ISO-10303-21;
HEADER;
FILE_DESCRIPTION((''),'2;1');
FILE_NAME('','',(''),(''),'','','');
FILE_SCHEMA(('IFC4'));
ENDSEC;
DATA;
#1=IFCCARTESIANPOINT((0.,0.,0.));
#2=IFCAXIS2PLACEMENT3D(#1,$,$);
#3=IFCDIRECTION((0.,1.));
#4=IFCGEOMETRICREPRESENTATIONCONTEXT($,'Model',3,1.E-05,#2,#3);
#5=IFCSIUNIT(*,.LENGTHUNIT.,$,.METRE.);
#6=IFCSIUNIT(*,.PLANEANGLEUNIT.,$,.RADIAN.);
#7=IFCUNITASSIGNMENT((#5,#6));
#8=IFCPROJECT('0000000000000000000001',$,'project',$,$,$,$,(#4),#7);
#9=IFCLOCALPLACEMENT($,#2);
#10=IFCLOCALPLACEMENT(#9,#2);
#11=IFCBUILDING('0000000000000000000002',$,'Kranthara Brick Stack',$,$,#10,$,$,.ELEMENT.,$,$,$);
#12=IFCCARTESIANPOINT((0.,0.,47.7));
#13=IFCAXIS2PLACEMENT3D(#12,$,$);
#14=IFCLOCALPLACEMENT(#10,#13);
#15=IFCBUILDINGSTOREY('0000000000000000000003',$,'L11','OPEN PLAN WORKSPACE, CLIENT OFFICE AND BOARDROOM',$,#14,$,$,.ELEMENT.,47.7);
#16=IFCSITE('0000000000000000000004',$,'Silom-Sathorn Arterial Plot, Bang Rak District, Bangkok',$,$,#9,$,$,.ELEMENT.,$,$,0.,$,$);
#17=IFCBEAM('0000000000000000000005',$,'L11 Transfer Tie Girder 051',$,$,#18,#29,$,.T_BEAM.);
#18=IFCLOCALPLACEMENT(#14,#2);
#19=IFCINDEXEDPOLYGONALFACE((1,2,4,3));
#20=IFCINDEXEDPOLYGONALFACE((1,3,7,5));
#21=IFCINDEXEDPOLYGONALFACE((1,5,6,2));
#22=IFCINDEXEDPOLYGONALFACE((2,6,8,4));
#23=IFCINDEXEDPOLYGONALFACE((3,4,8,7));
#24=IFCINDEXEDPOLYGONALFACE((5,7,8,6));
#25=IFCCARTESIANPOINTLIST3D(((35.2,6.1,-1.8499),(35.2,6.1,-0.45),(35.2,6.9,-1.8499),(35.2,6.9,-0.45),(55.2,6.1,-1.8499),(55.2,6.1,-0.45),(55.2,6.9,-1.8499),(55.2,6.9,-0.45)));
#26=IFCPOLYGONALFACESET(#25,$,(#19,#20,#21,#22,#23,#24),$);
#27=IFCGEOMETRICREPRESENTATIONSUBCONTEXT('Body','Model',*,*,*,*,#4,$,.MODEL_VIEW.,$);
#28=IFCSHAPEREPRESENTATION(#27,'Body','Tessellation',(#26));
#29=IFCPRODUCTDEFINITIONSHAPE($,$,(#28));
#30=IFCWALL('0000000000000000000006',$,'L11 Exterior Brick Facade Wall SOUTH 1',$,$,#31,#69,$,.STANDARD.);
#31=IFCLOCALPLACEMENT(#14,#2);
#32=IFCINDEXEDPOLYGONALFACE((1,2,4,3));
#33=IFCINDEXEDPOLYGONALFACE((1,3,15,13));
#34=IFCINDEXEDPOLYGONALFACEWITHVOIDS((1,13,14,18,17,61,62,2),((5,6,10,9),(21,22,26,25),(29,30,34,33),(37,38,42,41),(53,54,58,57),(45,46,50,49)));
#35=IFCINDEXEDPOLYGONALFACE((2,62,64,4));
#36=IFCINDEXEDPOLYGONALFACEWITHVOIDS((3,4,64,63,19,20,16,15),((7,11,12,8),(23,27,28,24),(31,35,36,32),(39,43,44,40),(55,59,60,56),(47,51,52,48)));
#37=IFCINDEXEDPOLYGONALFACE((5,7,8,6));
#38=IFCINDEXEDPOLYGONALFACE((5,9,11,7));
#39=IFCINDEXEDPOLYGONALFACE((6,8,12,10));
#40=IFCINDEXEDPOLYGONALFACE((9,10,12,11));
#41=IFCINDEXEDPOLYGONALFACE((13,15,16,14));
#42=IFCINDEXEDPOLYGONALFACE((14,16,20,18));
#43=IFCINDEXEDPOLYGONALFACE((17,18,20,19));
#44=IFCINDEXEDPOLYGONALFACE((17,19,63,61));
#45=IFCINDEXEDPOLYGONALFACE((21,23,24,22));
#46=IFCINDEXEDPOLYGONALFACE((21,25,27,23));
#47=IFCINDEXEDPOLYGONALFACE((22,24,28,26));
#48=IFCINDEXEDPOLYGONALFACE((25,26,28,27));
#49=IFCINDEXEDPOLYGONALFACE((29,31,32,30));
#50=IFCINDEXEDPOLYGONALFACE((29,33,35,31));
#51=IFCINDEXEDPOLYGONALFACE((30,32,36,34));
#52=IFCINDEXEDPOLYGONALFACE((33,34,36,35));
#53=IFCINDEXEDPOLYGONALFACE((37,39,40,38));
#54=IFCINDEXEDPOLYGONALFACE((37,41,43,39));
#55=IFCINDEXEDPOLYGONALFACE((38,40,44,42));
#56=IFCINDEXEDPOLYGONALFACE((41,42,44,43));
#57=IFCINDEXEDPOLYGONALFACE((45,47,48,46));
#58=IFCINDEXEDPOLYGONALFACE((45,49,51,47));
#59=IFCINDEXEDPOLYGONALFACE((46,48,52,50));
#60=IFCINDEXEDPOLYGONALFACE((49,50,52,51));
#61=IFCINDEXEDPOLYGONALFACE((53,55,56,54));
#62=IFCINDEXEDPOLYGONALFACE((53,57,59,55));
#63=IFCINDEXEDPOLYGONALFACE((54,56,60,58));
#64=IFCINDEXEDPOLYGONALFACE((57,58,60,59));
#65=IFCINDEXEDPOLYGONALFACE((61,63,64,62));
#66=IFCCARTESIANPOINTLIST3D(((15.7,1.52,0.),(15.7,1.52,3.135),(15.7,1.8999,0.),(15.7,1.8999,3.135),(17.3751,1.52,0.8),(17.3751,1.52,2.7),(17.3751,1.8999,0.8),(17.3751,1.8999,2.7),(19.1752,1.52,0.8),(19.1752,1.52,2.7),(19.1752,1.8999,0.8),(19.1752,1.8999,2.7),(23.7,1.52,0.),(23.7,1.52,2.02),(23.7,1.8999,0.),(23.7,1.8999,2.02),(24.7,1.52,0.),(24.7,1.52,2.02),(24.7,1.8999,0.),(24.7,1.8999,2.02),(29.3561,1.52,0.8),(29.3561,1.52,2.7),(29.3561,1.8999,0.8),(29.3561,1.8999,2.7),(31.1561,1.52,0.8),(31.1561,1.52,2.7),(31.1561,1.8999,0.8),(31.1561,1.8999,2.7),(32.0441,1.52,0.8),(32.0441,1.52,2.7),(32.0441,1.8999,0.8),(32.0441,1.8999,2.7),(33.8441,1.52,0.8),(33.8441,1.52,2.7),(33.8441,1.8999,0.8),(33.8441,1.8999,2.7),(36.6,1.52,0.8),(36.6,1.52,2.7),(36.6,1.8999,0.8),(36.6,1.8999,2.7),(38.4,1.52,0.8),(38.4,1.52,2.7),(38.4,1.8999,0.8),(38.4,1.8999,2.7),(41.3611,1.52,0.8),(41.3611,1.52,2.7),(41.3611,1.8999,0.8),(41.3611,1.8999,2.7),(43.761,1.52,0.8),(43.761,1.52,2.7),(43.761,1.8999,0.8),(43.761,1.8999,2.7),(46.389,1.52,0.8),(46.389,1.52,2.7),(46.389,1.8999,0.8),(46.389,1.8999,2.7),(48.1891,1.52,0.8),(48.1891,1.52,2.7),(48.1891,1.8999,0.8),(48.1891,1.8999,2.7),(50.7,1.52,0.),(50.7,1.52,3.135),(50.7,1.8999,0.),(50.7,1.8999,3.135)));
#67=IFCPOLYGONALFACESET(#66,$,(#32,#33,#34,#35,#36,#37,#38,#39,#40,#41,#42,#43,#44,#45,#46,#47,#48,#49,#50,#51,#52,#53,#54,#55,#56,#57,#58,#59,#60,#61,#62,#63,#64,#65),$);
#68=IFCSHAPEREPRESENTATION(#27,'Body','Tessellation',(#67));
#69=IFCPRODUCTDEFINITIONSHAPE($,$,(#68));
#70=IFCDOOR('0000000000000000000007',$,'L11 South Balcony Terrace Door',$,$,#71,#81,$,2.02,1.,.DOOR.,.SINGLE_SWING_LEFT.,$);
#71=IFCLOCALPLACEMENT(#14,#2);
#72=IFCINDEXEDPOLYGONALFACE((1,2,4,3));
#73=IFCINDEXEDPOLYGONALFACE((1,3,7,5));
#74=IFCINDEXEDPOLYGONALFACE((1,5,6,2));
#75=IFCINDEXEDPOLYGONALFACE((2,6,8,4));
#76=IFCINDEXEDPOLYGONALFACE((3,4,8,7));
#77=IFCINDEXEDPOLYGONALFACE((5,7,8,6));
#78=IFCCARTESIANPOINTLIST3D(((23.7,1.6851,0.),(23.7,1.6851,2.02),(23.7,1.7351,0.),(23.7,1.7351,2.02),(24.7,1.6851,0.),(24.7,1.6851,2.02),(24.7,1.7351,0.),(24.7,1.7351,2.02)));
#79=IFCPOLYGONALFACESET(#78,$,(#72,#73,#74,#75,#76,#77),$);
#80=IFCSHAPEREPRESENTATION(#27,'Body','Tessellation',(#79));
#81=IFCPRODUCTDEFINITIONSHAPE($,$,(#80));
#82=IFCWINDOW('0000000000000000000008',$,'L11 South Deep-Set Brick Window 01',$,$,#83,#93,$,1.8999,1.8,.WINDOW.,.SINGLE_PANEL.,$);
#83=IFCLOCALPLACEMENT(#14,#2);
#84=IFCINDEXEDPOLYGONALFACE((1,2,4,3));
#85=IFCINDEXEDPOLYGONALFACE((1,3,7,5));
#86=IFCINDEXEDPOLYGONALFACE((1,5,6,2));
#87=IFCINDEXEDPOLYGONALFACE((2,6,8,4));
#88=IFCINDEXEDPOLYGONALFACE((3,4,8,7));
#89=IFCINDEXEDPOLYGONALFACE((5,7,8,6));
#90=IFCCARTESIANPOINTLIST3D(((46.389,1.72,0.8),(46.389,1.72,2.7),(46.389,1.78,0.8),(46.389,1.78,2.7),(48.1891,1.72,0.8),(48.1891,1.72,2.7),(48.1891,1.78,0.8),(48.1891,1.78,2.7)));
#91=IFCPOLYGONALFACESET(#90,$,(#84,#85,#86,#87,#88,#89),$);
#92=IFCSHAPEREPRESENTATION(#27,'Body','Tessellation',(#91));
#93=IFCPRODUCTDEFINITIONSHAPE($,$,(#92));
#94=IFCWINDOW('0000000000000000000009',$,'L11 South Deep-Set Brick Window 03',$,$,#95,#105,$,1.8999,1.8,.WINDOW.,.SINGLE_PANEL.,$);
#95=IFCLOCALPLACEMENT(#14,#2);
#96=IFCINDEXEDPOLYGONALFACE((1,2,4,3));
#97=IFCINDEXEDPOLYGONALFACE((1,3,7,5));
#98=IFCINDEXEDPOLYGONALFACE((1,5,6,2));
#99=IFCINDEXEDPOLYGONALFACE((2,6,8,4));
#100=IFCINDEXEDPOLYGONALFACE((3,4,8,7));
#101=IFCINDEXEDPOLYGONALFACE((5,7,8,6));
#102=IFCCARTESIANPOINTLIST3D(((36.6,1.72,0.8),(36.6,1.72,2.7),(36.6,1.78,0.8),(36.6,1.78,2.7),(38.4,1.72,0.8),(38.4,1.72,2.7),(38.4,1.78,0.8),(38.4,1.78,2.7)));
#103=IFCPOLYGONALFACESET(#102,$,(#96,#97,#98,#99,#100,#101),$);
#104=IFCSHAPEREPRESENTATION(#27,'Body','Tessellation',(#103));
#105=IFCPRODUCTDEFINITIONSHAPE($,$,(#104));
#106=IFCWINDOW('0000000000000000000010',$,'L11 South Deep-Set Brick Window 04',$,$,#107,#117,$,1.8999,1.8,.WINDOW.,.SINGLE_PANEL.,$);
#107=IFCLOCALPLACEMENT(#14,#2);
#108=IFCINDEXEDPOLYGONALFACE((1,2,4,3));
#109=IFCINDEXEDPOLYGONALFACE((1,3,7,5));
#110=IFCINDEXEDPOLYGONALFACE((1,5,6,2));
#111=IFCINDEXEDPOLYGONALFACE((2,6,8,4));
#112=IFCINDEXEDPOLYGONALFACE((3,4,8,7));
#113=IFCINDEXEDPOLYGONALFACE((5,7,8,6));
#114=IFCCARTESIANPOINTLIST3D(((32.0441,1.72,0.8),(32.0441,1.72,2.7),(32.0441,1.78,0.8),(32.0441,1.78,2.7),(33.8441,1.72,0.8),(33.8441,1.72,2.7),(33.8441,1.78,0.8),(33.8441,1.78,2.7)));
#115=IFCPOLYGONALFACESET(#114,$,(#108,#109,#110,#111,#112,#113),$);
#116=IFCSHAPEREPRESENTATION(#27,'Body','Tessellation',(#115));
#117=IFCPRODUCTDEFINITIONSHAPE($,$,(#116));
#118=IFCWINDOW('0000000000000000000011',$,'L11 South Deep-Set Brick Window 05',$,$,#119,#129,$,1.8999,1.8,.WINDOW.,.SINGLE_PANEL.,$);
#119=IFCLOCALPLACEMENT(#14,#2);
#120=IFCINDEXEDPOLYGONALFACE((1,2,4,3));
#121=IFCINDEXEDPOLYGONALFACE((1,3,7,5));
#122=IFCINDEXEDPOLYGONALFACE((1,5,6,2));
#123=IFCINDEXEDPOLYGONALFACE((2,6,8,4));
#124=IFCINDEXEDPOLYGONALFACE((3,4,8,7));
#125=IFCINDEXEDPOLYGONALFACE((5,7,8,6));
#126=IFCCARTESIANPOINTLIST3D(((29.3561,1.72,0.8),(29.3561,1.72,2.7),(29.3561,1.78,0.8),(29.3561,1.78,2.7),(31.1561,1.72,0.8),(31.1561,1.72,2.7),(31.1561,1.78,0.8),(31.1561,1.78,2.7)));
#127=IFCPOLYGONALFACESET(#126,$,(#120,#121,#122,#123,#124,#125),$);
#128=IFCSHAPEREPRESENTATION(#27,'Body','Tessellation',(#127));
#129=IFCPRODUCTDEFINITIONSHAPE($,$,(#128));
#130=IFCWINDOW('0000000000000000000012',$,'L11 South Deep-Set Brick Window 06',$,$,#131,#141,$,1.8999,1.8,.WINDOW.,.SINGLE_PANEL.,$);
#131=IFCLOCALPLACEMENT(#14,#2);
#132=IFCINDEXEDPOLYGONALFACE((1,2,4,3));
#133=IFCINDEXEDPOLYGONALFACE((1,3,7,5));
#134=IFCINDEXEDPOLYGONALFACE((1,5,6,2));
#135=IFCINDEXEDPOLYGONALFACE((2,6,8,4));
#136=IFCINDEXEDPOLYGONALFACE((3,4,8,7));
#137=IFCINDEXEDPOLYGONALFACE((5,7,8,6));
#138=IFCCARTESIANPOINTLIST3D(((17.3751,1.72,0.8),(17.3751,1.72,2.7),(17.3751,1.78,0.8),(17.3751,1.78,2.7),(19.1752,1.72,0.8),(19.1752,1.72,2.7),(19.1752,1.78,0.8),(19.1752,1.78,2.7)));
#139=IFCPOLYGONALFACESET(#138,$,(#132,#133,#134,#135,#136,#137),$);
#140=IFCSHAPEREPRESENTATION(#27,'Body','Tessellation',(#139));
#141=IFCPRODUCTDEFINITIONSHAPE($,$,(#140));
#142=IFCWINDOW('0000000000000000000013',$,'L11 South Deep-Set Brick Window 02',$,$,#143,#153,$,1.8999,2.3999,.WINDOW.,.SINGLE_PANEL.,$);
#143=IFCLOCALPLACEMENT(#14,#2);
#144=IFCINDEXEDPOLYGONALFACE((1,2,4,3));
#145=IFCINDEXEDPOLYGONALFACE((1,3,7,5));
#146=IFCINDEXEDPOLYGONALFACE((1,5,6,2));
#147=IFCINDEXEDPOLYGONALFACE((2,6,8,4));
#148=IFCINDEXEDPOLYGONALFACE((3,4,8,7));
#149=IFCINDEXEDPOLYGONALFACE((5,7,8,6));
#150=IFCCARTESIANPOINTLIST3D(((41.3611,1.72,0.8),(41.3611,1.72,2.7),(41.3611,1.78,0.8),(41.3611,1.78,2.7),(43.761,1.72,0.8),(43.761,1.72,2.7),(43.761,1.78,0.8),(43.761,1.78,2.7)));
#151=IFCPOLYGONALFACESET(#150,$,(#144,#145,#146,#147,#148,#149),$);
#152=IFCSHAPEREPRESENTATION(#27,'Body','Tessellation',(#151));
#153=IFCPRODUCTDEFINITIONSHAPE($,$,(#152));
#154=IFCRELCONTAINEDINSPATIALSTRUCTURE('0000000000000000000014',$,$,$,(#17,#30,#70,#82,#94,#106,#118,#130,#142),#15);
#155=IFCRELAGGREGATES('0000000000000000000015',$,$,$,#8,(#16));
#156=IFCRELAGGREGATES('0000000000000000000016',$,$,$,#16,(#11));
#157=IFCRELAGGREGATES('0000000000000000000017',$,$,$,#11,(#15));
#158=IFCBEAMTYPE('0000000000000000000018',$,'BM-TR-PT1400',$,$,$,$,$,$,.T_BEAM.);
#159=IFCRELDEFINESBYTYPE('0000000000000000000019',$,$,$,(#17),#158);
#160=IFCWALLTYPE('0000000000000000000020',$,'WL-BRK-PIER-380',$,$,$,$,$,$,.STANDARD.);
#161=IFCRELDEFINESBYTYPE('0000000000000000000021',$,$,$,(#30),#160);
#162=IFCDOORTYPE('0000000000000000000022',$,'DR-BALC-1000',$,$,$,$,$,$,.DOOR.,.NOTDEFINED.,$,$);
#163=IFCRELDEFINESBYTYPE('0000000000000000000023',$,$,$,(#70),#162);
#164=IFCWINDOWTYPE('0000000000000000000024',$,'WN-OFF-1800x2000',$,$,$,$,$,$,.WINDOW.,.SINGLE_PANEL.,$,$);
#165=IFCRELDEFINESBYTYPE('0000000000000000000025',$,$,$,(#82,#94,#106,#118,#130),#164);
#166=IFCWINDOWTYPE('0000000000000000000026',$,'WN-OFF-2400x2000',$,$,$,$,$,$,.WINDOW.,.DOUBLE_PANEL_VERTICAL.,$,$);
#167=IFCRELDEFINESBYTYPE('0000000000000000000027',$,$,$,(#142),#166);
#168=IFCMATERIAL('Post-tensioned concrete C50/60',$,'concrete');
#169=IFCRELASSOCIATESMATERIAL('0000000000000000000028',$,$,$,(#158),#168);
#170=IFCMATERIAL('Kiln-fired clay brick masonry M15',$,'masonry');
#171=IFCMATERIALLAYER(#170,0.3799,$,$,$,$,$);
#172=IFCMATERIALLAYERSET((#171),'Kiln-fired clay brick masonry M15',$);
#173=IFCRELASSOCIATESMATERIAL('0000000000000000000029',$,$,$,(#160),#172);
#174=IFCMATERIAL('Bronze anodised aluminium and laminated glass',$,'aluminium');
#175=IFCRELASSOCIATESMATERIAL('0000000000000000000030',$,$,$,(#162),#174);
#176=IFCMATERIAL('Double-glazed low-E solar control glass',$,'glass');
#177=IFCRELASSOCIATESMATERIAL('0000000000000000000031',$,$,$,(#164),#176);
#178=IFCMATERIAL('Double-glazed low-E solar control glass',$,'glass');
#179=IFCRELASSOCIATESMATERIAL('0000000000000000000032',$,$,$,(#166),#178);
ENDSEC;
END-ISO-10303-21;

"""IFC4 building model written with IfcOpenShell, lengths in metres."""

from ifc_helpers import new_model, si_unit, direction, frame, frame_2d, origin, origin_2d, place, context, subcontext, project, spatial, rectangle, extrude, material, layer, layer_set, material_profile, profile_set, type_object, element, fill, save


model = new_model("IFC4")

# Units and contexts
model_context = context("Model", 3, precision=1e-05, world=origin(), true_north=direction((0.0, 1.0)))
body_context = subcontext(model_context, "Body", "Model", "MODEL_VIEW")
ifc_project = project(units=[si_unit("LENGTHUNIT", "METRE"), si_unit("PLANEANGLEUNIT", "RADIAN")], contexts=[model_context])

# Site, building, storey
site_placement = place(None, origin())
site = spatial("IfcSite", under=ifc_project, at=site_placement, Name="Silom-Sathorn Arterial Plot, Bang Rak District, Bangkok", CompositionType="ELEMENT", RefElevation=0.0)
building_placement = place(site_placement, origin())
building = spatial("IfcBuilding", under=site, at=building_placement, Name="Kranthara Brick Stack", CompositionType="ELEMENT")
storey_placement = place(building_placement, frame((0.0, 0.0, 47.7)))
storey = spatial("IfcBuildingStorey", under=building, at=storey_placement, Name="L11", Description="OPEN PLAN WORKSPACE, CLIENT OFFICE AND BOARDROOM", CompositionType="ELEMENT", Elevation=47.7)

# Beam
ifc_material_1 = material(Name="Post-tensioned concrete C50/60", Category="concrete")
ifc_material_profile_1 = material_profile(ifc_material_1, rectangle(XDim=0.8, YDim=1.3999, at=origin_2d()), Name="PT 800x1400")
ifc_profile_set_1 = profile_set([ifc_material_profile_1], Name="Post-tensioned concrete C50/60")
beam_type_1 = type_object("IfcBeamType", Name="BM-TR-PT1400", PredefinedType="T_BEAM", material=ifc_profile_set_1)
beam_1_placement = place(storey_placement, frame((55.2, 6.5, -1.1499), z_axis=(-1.0, 0.0, 0.0), x_axis=(0.0, -1.0, 0.0)))
element("IfcBeam", 1, at=beam_1_placement, inside=storey, type_object=beam_type_1, Name="L11 Transfer Tie Girder 051", PredefinedType="T_BEAM", context=body_context, shape_type="SweptSolid", body=[
    extrude(rectangle(XDim=0.8, YDim=1.3999, at=origin_2d()), origin(), (0.0, 0.0, 1.0), 20.0),
])

# Wall, openings, door, windows
ifc_material_2 = material(Name="Kiln-fired clay brick masonry M15", Category="masonry")
ifc_layer_1 = layer(ifc_material_2, 0.3799)
ifc_layer_set_1 = layer_set([ifc_layer_1], Name="Kiln-fired clay brick masonry M15")
wall_type = type_object("IfcWallType", Name="WL-BRK-PIER-380", PredefinedType="STANDARD", material=ifc_layer_set_1)
wall_1_placement = place(storey_placement, frame((50.7, 1.71, 0.0), z_axis=(0.0, 0.0, 1.0), x_axis=(-1.0, 0.0, 0.0)))
wall_1 = element("IfcWall", 2, at=wall_1_placement, inside=storey, type_object=wall_type, Name="L11 Exterior Brick Facade Wall SOUTH 1", PredefinedType="STANDARD", context=body_context, shape_type="SweptSolid", body=[
    extrude(rectangle(XDim=35.0, YDim=0.3799, at=frame_2d((17.5, 0.0))), origin(), (0.0, 0.0, 1.0), 3.135),
])
opening_1_placement = place(wall_1_placement, frame((26.0, 0.0, 0.0)))
opening_1 = element("IfcOpeningElement", 3, at=opening_1_placement, cuts=wall_1, PredefinedType="OPENING", context=body_context, shape_type="SweptSolid", body=[
    extrude(rectangle(XDim=1.0, YDim=2.02, at=frame_2d((0.5, 1.01))), frame((0.0, 0.2, 0.0), z_axis=(0.0, -1.0, 0.0), x_axis=(1.0, 0.0, 0.0)), (0.0, 0.0, 1.0), 0.3999),
])
opening_2_placement = place(wall_1_placement, frame((2.511, 0.0, 0.8)))
opening_2 = element("IfcOpeningElement", 4, at=opening_2_placement, cuts=wall_1, PredefinedType="OPENING", context=body_context, shape_type="SweptSolid", body=[
    extrude(rectangle(XDim=1.8, YDim=1.8999, at=frame_2d((0.8999, 0.95))), frame((0.0, 0.2, 0.0), z_axis=(0.0, -1.0, 0.0), x_axis=(1.0, 0.0, 0.0)), (0.0, 0.0, 1.0), 0.3999),
])
opening_3_placement = place(wall_1_placement, frame((6.939, 0.0, 0.8)))
opening_3 = element("IfcOpeningElement", 5, at=opening_3_placement, cuts=wall_1, PredefinedType="OPENING", context=body_context, shape_type="SweptSolid", body=[
    extrude(rectangle(XDim=2.3999, YDim=1.8999, at=frame_2d((1.2, 0.95))), frame((0.0, 0.2, 0.0), z_axis=(0.0, -1.0, 0.0), x_axis=(1.0, 0.0, 0.0)), (0.0, 0.0, 1.0), 0.3999),
])
opening_4_placement = place(wall_1_placement, frame((12.3, 0.0, 0.8)))
opening_4 = element("IfcOpeningElement", 6, at=opening_4_placement, cuts=wall_1, PredefinedType="OPENING", context=body_context, shape_type="SweptSolid", body=[
    extrude(rectangle(XDim=1.8, YDim=1.8999, at=frame_2d((0.8999, 0.95))), frame((0.0, 0.2, 0.0), z_axis=(0.0, -1.0, 0.0), x_axis=(1.0, 0.0, 0.0)), (0.0, 0.0, 1.0), 0.3999),
])
opening_5_placement = place(wall_1_placement, frame((16.856, 0.0, 0.8)))
opening_5 = element("IfcOpeningElement", 7, at=opening_5_placement, cuts=wall_1, PredefinedType="OPENING", context=body_context, shape_type="SweptSolid", body=[
    extrude(rectangle(XDim=1.8, YDim=1.8999, at=frame_2d((0.8999, 0.95))), frame((0.0, 0.2, 0.0), z_axis=(0.0, -1.0, 0.0), x_axis=(1.0, 0.0, 0.0)), (0.0, 0.0, 1.0), 0.3999),
])
opening_6_placement = place(wall_1_placement, frame((19.5439, 0.0, 0.8)))
opening_6 = element("IfcOpeningElement", 8, at=opening_6_placement, cuts=wall_1, PredefinedType="OPENING", context=body_context, shape_type="SweptSolid", body=[
    extrude(rectangle(XDim=1.8, YDim=1.8999, at=frame_2d((0.8999, 0.95))), frame((0.0, 0.2, 0.0), z_axis=(0.0, -1.0, 0.0), x_axis=(1.0, 0.0, 0.0)), (0.0, 0.0, 1.0), 0.3999),
])
opening_7_placement = place(wall_1_placement, frame((31.5249, 0.0, 0.8)))
opening_7 = element("IfcOpeningElement", 9, at=opening_7_placement, cuts=wall_1, PredefinedType="OPENING", context=body_context, shape_type="SweptSolid", body=[
    extrude(rectangle(XDim=1.8, YDim=1.8999, at=frame_2d((0.8999, 0.95))), frame((0.0, 0.2, 0.0), z_axis=(0.0, -1.0, 0.0), x_axis=(1.0, 0.0, 0.0)), (0.0, 0.0, 1.0), 0.3999),
])
ifc_material_3 = material(Name="Bronze anodised aluminium and laminated glass", Category="aluminium")
door_type = type_object("IfcDoorType", Name="DR-BALC-1000", OperationType="NOTDEFINED", PredefinedType="DOOR", material=ifc_material_3)
door_placement = place(opening_1_placement, origin())
door = element("IfcDoor", 10, at=door_placement, inside=storey, type_object=door_type, Name="L11 South Balcony Terrace Door", OperationType="SINGLE_SWING_LEFT", OverallHeight=2.02, OverallWidth=1.0, PredefinedType="DOOR", context=body_context, shape_type="SweptSolid", body=[
    extrude(rectangle(XDim=1.0, YDim=2.02, at=frame_2d((0.5, 1.01))), frame((0.0, 0.0249, 0.0), z_axis=(0.0, -1.0, 0.0), x_axis=(1.0, 0.0, 0.0)), (0.0, 0.0, 1.0), 0.05),
])
fill(opening_1, door)
ifc_material_4 = material(Name="Double-glazed low-E solar control glass", Category="glass")
window_type_1 = type_object("IfcWindowType", Name="WN-OFF-1800x2000", PartitioningType="SINGLE_PANEL", PredefinedType="WINDOW", material=ifc_material_4)
window_1_placement = place(opening_2_placement, origin())
window_1 = element("IfcWindow", 11, at=window_1_placement, inside=storey, type_object=window_type_1, Name="L11 South Deep-Set Brick Window 01", OverallHeight=1.8999, OverallWidth=1.8, PartitioningType="SINGLE_PANEL", PredefinedType="WINDOW", context=body_context, shape_type="SweptSolid", body=[
    extrude(rectangle(XDim=1.8, YDim=1.8999, at=frame_2d((0.8999, 0.95))), frame((0.0, -0.01, 0.0), z_axis=(0.0, -1.0, 0.0), x_axis=(1.0, 0.0, 0.0)), (0.0, 0.0, 1.0), 0.0601),
])
fill(opening_2, window_1)
window_2_placement = place(opening_4_placement, origin())
window_2 = element("IfcWindow", 12, at=window_2_placement, inside=storey, type_object=window_type_1, Name="L11 South Deep-Set Brick Window 03", OverallHeight=1.8999, OverallWidth=1.8, PartitioningType="SINGLE_PANEL", PredefinedType="WINDOW", context=body_context, shape_type="SweptSolid", body=[
    extrude(rectangle(XDim=1.8, YDim=1.8999, at=frame_2d((0.8999, 0.95))), frame((0.0, -0.01, 0.0), z_axis=(0.0, -1.0, 0.0), x_axis=(1.0, 0.0, 0.0)), (0.0, 0.0, 1.0), 0.0601),
])
fill(opening_4, window_2)
window_3_placement = place(opening_5_placement, origin())
window_3 = element("IfcWindow", 13, at=window_3_placement, inside=storey, type_object=window_type_1, Name="L11 South Deep-Set Brick Window 04", OverallHeight=1.8999, OverallWidth=1.8, PartitioningType="SINGLE_PANEL", PredefinedType="WINDOW", context=body_context, shape_type="SweptSolid", body=[
    extrude(rectangle(XDim=1.8, YDim=1.8999, at=frame_2d((0.8999, 0.95))), frame((0.0, -0.01, 0.0), z_axis=(0.0, -1.0, 0.0), x_axis=(1.0, 0.0, 0.0)), (0.0, 0.0, 1.0), 0.0601),
])
fill(opening_5, window_3)
window_4_placement = place(opening_6_placement, origin())
window_4 = element("IfcWindow", 14, at=window_4_placement, inside=storey, type_object=window_type_1, Name="L11 South Deep-Set Brick Window 05", OverallHeight=1.8999, OverallWidth=1.8, PartitioningType="SINGLE_PANEL", PredefinedType="WINDOW", context=body_context, shape_type="SweptSolid", body=[
    extrude(rectangle(XDim=1.8, YDim=1.8999, at=frame_2d((0.8999, 0.95))), frame((0.0, -0.01, 0.0), z_axis=(0.0, -1.0, 0.0), x_axis=(1.0, 0.0, 0.0)), (0.0, 0.0, 1.0), 0.0601),
])
fill(opening_6, window_4)
window_5_placement = place(opening_7_placement, origin())
window_5 = element("IfcWindow", 15, at=window_5_placement, inside=storey, type_object=window_type_1, Name="L11 South Deep-Set Brick Window 06", OverallHeight=1.8999, OverallWidth=1.8, PartitioningType="SINGLE_PANEL", PredefinedType="WINDOW", context=body_context, shape_type="SweptSolid", body=[
    extrude(rectangle(XDim=1.8, YDim=1.8999, at=frame_2d((0.8999, 0.95))), frame((0.0, -0.01, 0.0), z_axis=(0.0, -1.0, 0.0), x_axis=(1.0, 0.0, 0.0)), (0.0, 0.0, 1.0), 0.0601),
])
fill(opening_7, window_5)
ifc_material_5 = material(Name="Double-glazed low-E solar control glass", Category="glass")
window_type_2 = type_object("IfcWindowType", Name="WN-OFF-2400x2000", PartitioningType="DOUBLE_PANEL_VERTICAL", PredefinedType="WINDOW", material=ifc_material_5)
window_6_placement = place(opening_3_placement, origin())
window_6 = element("IfcWindow", 16, at=window_6_placement, inside=storey, type_object=window_type_2, Name="L11 South Deep-Set Brick Window 02", OverallHeight=1.8999, OverallWidth=2.3999, PartitioningType="SINGLE_PANEL", PredefinedType="WINDOW", context=body_context, shape_type="SweptSolid", body=[
    extrude(rectangle(XDim=2.3999, YDim=1.8999, at=frame_2d((1.2, 0.95))), frame((0.0, -0.01, 0.0), z_axis=(0.0, -1.0, 0.0), x_axis=(1.0, 0.0, 0.0)), (0.0, 0.0, 1.0), 0.0601),
])
fill(opening_3, window_6)

save(model, "model.ifc")
